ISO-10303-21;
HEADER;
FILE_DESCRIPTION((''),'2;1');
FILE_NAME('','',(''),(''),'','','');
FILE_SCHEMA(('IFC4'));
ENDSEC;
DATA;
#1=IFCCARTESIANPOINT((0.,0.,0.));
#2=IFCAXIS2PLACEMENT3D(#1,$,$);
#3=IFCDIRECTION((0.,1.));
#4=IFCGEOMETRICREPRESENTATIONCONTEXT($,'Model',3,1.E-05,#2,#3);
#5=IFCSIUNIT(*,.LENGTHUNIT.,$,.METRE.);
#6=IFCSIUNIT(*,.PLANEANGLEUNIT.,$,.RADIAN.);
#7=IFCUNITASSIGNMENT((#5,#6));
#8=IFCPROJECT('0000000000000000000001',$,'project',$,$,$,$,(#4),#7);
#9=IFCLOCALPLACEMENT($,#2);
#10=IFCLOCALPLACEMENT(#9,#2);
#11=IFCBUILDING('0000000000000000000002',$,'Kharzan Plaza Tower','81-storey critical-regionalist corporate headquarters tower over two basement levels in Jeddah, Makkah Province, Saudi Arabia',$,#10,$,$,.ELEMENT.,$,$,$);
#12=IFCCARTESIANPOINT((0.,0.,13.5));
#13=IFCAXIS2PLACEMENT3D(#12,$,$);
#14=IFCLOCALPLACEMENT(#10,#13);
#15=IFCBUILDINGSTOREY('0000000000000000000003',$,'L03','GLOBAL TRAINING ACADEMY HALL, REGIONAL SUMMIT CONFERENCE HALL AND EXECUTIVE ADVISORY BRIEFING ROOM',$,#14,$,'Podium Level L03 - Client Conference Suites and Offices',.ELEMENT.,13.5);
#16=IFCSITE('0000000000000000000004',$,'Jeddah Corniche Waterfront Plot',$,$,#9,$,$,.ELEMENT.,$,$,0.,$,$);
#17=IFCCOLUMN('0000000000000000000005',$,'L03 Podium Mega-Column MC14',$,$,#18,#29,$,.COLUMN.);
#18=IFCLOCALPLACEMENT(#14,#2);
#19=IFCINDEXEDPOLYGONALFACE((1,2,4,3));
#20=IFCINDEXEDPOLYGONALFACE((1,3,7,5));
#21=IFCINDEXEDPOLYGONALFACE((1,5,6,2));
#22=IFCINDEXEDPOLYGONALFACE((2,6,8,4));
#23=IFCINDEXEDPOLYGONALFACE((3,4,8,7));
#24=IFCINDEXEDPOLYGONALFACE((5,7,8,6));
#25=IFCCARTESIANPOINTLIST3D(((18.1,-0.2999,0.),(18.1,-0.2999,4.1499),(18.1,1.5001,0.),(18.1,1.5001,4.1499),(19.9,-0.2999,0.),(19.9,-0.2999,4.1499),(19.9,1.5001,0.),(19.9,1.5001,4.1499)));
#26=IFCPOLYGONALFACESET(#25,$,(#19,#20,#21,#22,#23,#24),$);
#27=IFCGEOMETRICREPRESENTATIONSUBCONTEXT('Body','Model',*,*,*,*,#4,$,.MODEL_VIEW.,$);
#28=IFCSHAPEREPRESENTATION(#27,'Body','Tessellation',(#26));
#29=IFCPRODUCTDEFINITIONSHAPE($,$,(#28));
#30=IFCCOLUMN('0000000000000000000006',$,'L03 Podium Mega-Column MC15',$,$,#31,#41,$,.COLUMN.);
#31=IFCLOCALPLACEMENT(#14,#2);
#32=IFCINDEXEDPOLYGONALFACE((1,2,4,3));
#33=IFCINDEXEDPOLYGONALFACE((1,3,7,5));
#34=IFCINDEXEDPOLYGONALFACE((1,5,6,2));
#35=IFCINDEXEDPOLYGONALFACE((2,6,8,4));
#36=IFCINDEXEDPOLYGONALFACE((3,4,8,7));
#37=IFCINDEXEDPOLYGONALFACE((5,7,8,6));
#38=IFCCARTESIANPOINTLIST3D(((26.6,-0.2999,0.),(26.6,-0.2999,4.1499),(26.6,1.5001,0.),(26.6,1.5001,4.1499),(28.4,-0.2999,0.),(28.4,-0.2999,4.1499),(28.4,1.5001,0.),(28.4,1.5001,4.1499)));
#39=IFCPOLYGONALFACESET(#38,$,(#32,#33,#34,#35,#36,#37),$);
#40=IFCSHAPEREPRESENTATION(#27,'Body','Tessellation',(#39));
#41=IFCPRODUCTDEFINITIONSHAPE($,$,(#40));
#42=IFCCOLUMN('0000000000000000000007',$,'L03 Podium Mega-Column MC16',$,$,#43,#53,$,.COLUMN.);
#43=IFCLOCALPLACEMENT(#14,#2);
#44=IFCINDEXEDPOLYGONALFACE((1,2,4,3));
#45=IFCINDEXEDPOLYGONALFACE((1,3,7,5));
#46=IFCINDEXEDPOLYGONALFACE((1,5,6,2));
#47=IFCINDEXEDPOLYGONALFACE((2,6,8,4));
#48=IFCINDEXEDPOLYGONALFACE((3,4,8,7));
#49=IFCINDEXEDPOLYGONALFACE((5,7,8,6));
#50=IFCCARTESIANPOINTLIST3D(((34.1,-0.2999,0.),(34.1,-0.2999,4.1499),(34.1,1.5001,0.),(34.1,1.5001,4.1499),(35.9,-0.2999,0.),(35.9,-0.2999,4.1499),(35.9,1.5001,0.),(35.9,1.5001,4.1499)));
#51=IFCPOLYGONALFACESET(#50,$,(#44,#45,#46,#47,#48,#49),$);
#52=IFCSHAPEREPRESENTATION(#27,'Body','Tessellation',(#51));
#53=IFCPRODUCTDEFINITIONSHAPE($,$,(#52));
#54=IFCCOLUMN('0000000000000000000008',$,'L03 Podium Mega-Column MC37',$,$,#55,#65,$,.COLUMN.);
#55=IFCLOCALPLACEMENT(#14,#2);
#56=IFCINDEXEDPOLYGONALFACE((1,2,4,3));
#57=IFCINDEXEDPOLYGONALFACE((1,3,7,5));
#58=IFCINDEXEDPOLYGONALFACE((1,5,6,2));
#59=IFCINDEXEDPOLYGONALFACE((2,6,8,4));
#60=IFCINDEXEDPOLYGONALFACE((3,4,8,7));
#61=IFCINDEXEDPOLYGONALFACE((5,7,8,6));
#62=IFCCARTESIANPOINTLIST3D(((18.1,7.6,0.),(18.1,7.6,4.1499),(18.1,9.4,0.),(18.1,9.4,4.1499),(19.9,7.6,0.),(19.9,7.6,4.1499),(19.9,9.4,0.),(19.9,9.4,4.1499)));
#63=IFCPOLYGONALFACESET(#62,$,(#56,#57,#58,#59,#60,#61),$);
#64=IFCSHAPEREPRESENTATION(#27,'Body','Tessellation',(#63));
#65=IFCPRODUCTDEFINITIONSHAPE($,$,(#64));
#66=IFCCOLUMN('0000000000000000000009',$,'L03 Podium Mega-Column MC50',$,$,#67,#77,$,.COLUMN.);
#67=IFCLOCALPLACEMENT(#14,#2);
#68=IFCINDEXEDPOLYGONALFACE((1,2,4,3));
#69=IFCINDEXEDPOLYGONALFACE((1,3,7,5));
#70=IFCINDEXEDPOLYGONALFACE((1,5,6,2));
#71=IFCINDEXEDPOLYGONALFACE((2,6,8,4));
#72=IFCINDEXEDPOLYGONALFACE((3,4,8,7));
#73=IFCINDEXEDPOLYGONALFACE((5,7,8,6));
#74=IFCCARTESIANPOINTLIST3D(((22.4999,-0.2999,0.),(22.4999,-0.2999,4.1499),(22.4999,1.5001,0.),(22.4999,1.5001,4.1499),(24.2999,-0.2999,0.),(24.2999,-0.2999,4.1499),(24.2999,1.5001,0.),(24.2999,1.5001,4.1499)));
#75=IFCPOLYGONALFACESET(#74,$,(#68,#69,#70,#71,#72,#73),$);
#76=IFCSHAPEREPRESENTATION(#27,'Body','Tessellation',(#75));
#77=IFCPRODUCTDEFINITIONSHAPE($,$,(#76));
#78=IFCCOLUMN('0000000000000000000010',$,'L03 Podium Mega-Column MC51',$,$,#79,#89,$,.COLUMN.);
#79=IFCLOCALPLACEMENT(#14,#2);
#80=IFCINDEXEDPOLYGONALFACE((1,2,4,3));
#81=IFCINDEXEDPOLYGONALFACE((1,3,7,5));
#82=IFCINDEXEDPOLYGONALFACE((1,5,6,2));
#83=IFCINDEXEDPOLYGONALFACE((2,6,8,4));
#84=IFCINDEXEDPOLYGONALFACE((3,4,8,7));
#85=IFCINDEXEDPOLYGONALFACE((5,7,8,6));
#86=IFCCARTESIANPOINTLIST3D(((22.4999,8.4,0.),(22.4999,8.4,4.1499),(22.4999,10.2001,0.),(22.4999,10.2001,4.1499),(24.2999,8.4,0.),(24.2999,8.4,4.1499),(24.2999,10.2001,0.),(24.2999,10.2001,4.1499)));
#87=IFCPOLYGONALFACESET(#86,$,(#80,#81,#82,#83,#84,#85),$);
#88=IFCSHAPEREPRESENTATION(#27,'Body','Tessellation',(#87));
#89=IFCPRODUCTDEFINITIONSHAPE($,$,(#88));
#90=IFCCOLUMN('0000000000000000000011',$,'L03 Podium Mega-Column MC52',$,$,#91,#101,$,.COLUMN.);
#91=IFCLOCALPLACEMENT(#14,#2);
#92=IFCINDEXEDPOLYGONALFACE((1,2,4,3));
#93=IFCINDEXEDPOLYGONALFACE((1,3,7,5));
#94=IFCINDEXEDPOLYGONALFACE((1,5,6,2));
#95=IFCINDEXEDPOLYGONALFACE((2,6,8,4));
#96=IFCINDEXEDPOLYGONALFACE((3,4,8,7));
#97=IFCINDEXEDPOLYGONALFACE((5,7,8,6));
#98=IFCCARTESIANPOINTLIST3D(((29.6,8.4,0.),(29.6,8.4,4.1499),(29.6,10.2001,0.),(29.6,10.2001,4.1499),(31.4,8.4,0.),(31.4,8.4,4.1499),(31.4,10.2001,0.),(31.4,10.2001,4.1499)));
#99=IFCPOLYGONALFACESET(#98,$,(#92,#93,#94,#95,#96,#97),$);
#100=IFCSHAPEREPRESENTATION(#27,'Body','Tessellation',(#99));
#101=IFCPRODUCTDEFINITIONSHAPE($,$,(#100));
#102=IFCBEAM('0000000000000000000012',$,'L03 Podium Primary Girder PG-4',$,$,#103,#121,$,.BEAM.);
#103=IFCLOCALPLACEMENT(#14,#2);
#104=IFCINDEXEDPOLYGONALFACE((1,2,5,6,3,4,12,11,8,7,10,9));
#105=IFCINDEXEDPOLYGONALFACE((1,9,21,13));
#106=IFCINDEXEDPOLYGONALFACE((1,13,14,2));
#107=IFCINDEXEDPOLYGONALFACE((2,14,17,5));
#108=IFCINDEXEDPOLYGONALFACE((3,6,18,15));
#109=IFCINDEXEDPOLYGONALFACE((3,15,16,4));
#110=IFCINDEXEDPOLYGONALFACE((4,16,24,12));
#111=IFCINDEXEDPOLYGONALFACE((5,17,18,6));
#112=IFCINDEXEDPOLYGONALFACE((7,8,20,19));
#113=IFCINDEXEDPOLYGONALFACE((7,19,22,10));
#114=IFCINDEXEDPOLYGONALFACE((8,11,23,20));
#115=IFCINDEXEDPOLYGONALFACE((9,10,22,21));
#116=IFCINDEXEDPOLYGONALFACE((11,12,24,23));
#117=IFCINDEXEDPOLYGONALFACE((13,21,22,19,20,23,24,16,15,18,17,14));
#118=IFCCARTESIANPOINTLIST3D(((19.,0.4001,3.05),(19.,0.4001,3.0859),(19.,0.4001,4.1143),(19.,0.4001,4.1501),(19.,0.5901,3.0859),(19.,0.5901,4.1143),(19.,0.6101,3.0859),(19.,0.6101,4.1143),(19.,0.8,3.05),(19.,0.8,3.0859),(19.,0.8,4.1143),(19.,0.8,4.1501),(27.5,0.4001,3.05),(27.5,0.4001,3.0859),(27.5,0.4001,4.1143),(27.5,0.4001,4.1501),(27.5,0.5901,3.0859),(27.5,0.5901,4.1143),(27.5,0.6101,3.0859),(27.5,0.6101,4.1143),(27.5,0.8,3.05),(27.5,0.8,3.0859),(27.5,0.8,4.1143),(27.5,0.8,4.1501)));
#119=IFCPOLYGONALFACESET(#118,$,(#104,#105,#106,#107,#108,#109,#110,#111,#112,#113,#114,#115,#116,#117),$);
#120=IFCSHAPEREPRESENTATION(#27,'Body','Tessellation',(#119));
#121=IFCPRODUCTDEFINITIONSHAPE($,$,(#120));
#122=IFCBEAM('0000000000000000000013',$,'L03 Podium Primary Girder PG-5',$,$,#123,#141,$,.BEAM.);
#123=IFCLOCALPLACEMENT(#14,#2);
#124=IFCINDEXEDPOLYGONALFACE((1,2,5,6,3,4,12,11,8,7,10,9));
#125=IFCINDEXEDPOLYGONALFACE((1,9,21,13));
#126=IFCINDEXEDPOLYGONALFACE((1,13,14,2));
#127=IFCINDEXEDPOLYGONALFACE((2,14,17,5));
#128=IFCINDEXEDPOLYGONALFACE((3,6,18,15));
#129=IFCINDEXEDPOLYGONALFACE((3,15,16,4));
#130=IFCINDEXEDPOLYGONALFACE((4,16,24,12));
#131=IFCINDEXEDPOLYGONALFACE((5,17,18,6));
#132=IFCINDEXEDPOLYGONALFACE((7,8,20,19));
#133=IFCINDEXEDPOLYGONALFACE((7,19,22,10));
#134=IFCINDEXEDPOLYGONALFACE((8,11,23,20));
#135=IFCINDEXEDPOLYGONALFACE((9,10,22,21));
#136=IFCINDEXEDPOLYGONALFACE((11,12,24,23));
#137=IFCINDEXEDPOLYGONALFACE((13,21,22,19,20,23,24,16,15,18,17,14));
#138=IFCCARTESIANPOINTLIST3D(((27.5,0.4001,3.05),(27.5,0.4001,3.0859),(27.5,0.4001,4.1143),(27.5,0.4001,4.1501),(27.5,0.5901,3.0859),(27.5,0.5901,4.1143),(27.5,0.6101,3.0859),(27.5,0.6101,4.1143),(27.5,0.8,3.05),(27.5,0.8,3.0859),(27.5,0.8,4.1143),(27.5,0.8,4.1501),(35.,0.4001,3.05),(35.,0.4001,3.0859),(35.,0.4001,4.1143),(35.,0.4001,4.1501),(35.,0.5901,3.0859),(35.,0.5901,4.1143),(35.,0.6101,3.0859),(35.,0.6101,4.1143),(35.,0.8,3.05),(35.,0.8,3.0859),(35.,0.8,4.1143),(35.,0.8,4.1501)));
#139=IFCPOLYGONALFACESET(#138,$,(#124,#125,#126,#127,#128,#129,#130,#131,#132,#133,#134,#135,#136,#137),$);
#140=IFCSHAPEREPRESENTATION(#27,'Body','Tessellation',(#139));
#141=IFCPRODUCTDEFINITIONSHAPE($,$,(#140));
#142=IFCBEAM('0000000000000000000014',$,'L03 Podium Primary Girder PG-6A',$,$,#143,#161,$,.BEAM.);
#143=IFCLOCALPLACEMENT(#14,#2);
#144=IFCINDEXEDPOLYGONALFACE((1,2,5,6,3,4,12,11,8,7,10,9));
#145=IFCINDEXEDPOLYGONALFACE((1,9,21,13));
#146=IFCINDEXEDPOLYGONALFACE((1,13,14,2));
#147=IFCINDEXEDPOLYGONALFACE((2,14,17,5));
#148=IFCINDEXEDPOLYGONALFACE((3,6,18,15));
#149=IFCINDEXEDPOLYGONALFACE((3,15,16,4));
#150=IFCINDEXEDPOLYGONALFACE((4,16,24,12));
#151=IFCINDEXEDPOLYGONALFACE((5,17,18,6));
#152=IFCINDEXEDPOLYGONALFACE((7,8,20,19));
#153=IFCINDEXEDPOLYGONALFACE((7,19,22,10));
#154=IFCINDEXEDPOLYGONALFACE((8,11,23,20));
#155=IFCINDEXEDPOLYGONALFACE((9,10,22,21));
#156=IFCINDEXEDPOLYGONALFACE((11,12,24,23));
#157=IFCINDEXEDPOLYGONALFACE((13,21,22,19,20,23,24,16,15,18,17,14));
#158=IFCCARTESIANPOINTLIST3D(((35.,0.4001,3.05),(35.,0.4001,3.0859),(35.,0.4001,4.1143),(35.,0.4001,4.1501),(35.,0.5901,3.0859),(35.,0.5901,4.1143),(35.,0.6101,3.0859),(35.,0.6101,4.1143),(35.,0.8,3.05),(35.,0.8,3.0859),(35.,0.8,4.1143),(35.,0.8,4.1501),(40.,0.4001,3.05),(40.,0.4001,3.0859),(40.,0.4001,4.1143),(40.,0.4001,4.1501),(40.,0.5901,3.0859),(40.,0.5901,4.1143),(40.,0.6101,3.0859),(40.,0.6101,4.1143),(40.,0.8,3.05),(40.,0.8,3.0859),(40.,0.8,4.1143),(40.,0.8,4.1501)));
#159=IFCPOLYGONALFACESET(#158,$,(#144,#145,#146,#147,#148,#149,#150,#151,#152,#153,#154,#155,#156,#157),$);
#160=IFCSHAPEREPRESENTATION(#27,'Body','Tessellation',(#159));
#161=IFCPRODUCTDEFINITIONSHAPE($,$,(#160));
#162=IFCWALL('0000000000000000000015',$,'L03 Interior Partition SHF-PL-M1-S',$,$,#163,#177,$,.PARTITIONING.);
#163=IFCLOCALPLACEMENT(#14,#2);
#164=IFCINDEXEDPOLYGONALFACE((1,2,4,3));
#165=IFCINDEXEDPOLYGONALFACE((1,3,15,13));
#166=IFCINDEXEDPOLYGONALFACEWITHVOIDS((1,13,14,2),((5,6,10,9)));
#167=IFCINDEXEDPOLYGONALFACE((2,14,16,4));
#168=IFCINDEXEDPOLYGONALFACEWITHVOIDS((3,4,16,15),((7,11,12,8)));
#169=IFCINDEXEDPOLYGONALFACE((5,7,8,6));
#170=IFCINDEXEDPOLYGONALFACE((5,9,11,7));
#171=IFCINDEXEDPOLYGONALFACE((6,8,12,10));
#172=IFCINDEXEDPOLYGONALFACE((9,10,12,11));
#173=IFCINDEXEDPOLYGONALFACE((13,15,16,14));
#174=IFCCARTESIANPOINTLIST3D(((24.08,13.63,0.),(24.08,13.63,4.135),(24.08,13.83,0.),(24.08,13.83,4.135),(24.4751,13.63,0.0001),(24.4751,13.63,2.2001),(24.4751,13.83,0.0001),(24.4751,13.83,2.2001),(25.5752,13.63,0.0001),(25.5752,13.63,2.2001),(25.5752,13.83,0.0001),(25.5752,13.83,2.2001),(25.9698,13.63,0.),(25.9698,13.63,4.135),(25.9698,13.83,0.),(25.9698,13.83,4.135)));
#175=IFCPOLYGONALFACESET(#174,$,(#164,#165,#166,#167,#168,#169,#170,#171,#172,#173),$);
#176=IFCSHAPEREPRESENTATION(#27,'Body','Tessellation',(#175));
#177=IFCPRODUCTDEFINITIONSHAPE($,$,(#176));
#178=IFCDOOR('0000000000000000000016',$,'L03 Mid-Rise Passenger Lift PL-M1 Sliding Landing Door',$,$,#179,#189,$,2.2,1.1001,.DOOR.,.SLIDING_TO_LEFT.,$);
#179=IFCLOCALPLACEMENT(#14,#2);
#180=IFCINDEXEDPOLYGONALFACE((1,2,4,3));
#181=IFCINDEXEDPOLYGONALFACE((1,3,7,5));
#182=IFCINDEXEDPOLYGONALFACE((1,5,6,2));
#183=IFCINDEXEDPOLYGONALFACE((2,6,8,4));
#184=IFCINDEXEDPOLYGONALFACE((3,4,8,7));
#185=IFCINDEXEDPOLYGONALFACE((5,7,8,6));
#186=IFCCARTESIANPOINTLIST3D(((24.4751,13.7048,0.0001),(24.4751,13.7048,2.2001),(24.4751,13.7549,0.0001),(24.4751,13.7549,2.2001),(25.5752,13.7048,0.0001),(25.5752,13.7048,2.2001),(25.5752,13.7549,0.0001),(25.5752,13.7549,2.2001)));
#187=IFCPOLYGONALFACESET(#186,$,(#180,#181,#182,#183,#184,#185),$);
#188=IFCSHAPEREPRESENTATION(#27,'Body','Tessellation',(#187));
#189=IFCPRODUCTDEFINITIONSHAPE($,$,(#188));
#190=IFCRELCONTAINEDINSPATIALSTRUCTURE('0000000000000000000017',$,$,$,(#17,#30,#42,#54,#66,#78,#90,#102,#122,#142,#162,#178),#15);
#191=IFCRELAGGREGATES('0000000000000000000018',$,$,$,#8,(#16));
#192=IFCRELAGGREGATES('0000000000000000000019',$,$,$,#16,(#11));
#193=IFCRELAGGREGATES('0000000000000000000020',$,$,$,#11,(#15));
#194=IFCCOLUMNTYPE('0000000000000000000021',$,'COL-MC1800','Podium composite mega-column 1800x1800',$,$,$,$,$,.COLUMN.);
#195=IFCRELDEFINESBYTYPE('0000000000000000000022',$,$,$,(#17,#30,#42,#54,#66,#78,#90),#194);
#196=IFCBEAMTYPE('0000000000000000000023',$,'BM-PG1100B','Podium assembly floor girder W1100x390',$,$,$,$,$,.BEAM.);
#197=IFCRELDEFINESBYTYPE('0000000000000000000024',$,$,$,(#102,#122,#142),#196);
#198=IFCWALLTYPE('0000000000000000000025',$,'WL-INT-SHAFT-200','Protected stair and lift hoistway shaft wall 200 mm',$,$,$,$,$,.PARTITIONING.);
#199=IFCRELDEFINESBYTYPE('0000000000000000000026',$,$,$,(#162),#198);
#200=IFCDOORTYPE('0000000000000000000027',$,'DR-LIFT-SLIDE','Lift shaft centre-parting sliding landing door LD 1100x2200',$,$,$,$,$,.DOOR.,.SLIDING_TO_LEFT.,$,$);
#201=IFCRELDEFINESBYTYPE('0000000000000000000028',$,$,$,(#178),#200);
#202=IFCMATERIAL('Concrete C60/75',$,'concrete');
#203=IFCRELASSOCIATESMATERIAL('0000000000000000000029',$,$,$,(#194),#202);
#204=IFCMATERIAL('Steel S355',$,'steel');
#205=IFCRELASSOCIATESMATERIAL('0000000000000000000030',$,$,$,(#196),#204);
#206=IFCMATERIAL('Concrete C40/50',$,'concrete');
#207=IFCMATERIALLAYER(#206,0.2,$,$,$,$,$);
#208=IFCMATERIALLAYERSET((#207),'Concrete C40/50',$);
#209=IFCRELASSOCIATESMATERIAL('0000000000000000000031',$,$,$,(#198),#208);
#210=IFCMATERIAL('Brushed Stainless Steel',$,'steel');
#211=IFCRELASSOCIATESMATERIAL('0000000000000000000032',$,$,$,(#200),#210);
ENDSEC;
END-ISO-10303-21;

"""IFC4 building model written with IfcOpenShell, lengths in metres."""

from ifc_helpers import new_model, si_unit, direction, frame, frame_2d, origin, origin_2d, place, context, subcontext, project, spatial, rectangle, i_section, extrude, source, transform, mapped, material, layer, layer_set, material_profile, profile_set, type_object, element, fill, save


model = new_model("IFC4")

# Units and contexts
model_context = context("Model", 3, precision=1e-05, world=origin(), true_north=direction((0.0, 1.0)))
body_context = subcontext(model_context, "Body", "Model", "MODEL_VIEW")
ifc_project = project(units=[si_unit("LENGTHUNIT", "METRE"), si_unit("PLANEANGLEUNIT", "RADIAN")], contexts=[model_context])

# Site, building, storey
site_placement = place(None, origin())
site = spatial("IfcSite", under=ifc_project, at=site_placement, Name="Jeddah Corniche Waterfront Plot", CompositionType="ELEMENT", RefElevation=0.0)
building_placement = place(site_placement, origin())
building = spatial("IfcBuilding", under=site, at=building_placement, Name="Kharzan Plaza Tower", Description="81-storey critical-regionalist corporate headquarters tower over two basement levels in Jeddah, Makkah Province, Saudi Arabia", CompositionType="ELEMENT")
storey_placement = place(building_placement, frame((0.0, 0.0, 13.5)))
storey = spatial("IfcBuildingStorey", under=building, at=storey_placement, Name="L03", Description="GLOBAL TRAINING ACADEMY HALL, REGIONAL SUMMIT CONFERENCE HALL AND EXECUTIVE ADVISORY BRIEFING ROOM", LongName="Podium Level L03 - Client Conference Suites and Offices", CompositionType="ELEMENT", Elevation=13.5)

# Columns
ifc_material_1 = material(Name="Concrete C60/75", Category="concrete")
ifc_material_profile_1 = material_profile(ifc_material_1, rectangle(XDim=1.8, YDim=1.8, at=origin_2d()), Name="RC-MC1800x1800")
ifc_profile_set_1 = profile_set([ifc_material_profile_1], Name="Concrete C60/75")
column_type = type_object("IfcColumnType", Name="COL-MC1800", Description="Podium composite mega-column 1800x1800", PredefinedType="COLUMN", material=ifc_profile_set_1)
shared_shape_1 = source(origin(), body_context, "Body", "SweptSolid", [
    extrude(rectangle(XDim=1.8, YDim=1.8, at=origin_2d()), origin(), (0.0, 0.0, 1.0), 4.1499),
])
for number, where, z_axis, x_axis, name in (
    (1, (19.0, 0.6001, 0.0), (0.0, 0.0, 1.0), (1.0, 0.0, 0.0), "L03 Podium Mega-Column MC14"),
    (2, (27.5, 0.6001, 0.0), (0.0, 0.0, 1.0), (1.0, 0.0, 0.0), "L03 Podium Mega-Column MC15"),
    (3, (35.0, 0.6001, 0.0), (0.0, 0.0, 1.0), (1.0, 0.0, 0.0), "L03 Podium Mega-Column MC16"),
    (4, (19.0, 8.5, 0.0), (0.0, 0.0, 1.0), (1.0, 0.0, 0.0), "L03 Podium Mega-Column MC37"),
    (5, (23.3999, 0.6001, 0.0), (0.0, 0.0, 1.0), (1.0, 0.0, 0.0), "L03 Podium Mega-Column MC50"),
    (6, (23.3999, 9.3, 0.0), (0.0, 0.0, 1.0), (1.0, 0.0, 0.0), "L03 Podium Mega-Column MC51"),
    (7, (30.5, 9.3, 0.0), (0.0, 0.0, 1.0), (1.0, 0.0, 0.0), "L03 Podium Mega-Column MC52"),
):
    element("IfcColumn", number, at=place(storey_placement, frame(where, z_axis=z_axis, x_axis=x_axis)), inside=storey, type_object=column_type, Name=name, PredefinedType="COLUMN", context=body_context, shape_type="MappedRepresentation", body=[
        mapped(shared_shape_1, transform((0.0, 0.0, 0.0), x_axis=(1.0, 0.0, 0.0), y_axis=(0.0, 1.0, 0.0), z_axis=(0.0, 0.0, 1.0))),
    ])

# Beams
ifc_material_2 = material(Name="Steel S355", Category="steel")
ifc_material_profile_2 = material_profile(ifc_material_2, i_section(OverallWidth=0.3999, OverallDepth=1.1001, WebThickness=0.02, FlangeThickness=0.0359, at=origin_2d()), Name="W1100x390")
ifc_profile_set_2 = profile_set([ifc_material_profile_2], Name="Steel S355")
beam_type = type_object("IfcBeamType", Name="BM-PG1100B", Description="Podium assembly floor girder W1100x390", PredefinedType="BEAM", material=ifc_profile_set_2)
shared_shape_2 = source(origin(), body_context, "Body", "SweptSolid", [
    extrude(i_section(OverallWidth=0.3999, OverallDepth=1.1001, WebThickness=0.02, FlangeThickness=0.0359, at=origin_2d()), origin(), (0.0, 0.0, 1.0), 8.5),
])
beam_1_placement = place(storey_placement, frame((19.0, 0.6001, 3.6001), z_axis=(1.0, 0.0, 0.0), x_axis=(0.0, 1.0, 0.0)))
element("IfcBeam", 8, at=beam_1_placement, inside=storey, type_object=beam_type, Name="L03 Podium Primary Girder PG-4", PredefinedType="BEAM", context=body_context, shape_type="MappedRepresentation", body=[
    mapped(shared_shape_2, transform((0.0, 0.0, 0.0), x_axis=(1.0, 0.0, 0.0), y_axis=(0.0, 1.0, 0.0), z_axis=(0.0, 0.0, 1.0))),
])
shared_shape_3 = source(origin(), body_context, "Body", "SweptSolid", [
    extrude(i_section(OverallWidth=0.3999, OverallDepth=1.1001, WebThickness=0.02, FlangeThickness=0.0359, at=origin_2d()), origin(), (0.0, 0.0, 1.0), 7.5),
])
beam_2_placement = place(storey_placement, frame((27.5, 0.6001, 3.6001), z_axis=(1.0, 0.0, 0.0), x_axis=(0.0, 1.0, 0.0)))
element("IfcBeam", 9, at=beam_2_placement, inside=storey, type_object=beam_type, Name="L03 Podium Primary Girder PG-5", PredefinedType="BEAM", context=body_context, shape_type="MappedRepresentation", body=[
    mapped(shared_shape_3, transform((0.0, 0.0, 0.0), x_axis=(1.0, 0.0, 0.0), y_axis=(0.0, 1.0, 0.0), z_axis=(0.0, 0.0, 1.0))),
])
shared_shape_4 = source(origin(), body_context, "Body", "SweptSolid", [
    extrude(i_section(OverallWidth=0.3999, OverallDepth=1.1001, WebThickness=0.02, FlangeThickness=0.0359, at=origin_2d()), origin(), (0.0, 0.0, 1.0), 5.0),
])
beam_3_placement = place(storey_placement, frame((35.0, 0.6001, 3.6001), z_axis=(1.0, 0.0, 0.0), x_axis=(0.0, 1.0, 0.0)))
element("IfcBeam", 10, at=beam_3_placement, inside=storey, type_object=beam_type, Name="L03 Podium Primary Girder PG-6A", PredefinedType="BEAM", context=body_context, shape_type="MappedRepresentation", body=[
    mapped(shared_shape_4, transform((0.0, 0.0, 0.0), x_axis=(1.0, 0.0, 0.0), y_axis=(0.0, 1.0, 0.0), z_axis=(0.0, 0.0, 1.0))),
])

# Wall, opening, door
ifc_material_3 = material(Name="Concrete C40/50", Category="concrete")
ifc_layer_1 = layer(ifc_material_3, 0.2)
ifc_layer_set_1 = layer_set([ifc_layer_1], Name="Concrete C40/50")
wall_type_1 = type_object("IfcWallType", Name="WL-INT-SHAFT-200", Description="Protected stair and lift hoistway shaft wall 200 mm", PredefinedType="PARTITIONING", material=ifc_layer_set_1)
wall_1_placement = place(storey_placement, frame((24.0801, 13.73, 0.0), z_axis=(0.0, 0.0, 1.0), x_axis=(1.0, 0.0, 0.0)))
wall_1 = element("IfcWall", 11, at=wall_1_placement, inside=storey, type_object=wall_type_1, Name="L03 Interior Partition SHF-PL-M1-S", PredefinedType="PARTITIONING", context=body_context, shape_type="SweptSolid", body=[
    extrude(rectangle(XDim=1.8899, YDim=0.2, at=frame_2d((0.9448, 0.0))), origin(), (0.0, 0.0, 1.0), 4.135),
])
opening_1_placement = place(wall_1_placement, frame((0.395, 0.0, 0.0)))
opening_1 = element("IfcOpeningElement", 12, at=opening_1_placement, cuts=wall_1, PredefinedType="OPENING", context=body_context, shape_type="SweptSolid", body=[
    extrude(rectangle(XDim=1.1001, YDim=2.2, at=frame_2d((0.55, 1.1001))), frame((0.0, 0.1099, 0.0), z_axis=(0.0, -1.0, 0.0), x_axis=(1.0, 0.0, 0.0)), (0.0, 0.0, 1.0), 0.22),
])
ifc_material_4 = material(Name="Brushed Stainless Steel", Category="steel")
door_type = type_object("IfcDoorType", Name="DR-LIFT-SLIDE", Description="Lift shaft centre-parting sliding landing door LD 1100x2200", OperationType="SLIDING_TO_LEFT", PredefinedType="DOOR", material=ifc_material_4)
shared_shape_5 = source(origin(), body_context, "Body", "SweptSolid", [
    extrude(rectangle(XDim=1.1001, YDim=2.2, at=frame_2d((0.55, 1.1001))), frame((0.0, 0.0249, 0.0), z_axis=(0.0, -1.0, 0.0), x_axis=(1.0, 0.0, 0.0)), (0.0, 0.0, 1.0), 0.05),
])
door_placement = place(opening_1_placement, origin())
door = element("IfcDoor", 13, at=door_placement, inside=storey, type_object=door_type, Name="L03 Mid-Rise Passenger Lift PL-M1 Sliding Landing Door", OperationType="SLIDING_TO_LEFT", OverallHeight=2.2, OverallWidth=1.1001, PredefinedType="DOOR", context=body_context, shape_type="MappedRepresentation", body=[
    mapped(shared_shape_5, transform((0.0, 0.0, 0.0), x_axis=(1.0, 0.0, 0.0), y_axis=(0.0, 1.0, 0.0), z_axis=(0.0, 0.0, 1.0))),
])
fill(opening_1, door)

save(model, "model.ifc")
